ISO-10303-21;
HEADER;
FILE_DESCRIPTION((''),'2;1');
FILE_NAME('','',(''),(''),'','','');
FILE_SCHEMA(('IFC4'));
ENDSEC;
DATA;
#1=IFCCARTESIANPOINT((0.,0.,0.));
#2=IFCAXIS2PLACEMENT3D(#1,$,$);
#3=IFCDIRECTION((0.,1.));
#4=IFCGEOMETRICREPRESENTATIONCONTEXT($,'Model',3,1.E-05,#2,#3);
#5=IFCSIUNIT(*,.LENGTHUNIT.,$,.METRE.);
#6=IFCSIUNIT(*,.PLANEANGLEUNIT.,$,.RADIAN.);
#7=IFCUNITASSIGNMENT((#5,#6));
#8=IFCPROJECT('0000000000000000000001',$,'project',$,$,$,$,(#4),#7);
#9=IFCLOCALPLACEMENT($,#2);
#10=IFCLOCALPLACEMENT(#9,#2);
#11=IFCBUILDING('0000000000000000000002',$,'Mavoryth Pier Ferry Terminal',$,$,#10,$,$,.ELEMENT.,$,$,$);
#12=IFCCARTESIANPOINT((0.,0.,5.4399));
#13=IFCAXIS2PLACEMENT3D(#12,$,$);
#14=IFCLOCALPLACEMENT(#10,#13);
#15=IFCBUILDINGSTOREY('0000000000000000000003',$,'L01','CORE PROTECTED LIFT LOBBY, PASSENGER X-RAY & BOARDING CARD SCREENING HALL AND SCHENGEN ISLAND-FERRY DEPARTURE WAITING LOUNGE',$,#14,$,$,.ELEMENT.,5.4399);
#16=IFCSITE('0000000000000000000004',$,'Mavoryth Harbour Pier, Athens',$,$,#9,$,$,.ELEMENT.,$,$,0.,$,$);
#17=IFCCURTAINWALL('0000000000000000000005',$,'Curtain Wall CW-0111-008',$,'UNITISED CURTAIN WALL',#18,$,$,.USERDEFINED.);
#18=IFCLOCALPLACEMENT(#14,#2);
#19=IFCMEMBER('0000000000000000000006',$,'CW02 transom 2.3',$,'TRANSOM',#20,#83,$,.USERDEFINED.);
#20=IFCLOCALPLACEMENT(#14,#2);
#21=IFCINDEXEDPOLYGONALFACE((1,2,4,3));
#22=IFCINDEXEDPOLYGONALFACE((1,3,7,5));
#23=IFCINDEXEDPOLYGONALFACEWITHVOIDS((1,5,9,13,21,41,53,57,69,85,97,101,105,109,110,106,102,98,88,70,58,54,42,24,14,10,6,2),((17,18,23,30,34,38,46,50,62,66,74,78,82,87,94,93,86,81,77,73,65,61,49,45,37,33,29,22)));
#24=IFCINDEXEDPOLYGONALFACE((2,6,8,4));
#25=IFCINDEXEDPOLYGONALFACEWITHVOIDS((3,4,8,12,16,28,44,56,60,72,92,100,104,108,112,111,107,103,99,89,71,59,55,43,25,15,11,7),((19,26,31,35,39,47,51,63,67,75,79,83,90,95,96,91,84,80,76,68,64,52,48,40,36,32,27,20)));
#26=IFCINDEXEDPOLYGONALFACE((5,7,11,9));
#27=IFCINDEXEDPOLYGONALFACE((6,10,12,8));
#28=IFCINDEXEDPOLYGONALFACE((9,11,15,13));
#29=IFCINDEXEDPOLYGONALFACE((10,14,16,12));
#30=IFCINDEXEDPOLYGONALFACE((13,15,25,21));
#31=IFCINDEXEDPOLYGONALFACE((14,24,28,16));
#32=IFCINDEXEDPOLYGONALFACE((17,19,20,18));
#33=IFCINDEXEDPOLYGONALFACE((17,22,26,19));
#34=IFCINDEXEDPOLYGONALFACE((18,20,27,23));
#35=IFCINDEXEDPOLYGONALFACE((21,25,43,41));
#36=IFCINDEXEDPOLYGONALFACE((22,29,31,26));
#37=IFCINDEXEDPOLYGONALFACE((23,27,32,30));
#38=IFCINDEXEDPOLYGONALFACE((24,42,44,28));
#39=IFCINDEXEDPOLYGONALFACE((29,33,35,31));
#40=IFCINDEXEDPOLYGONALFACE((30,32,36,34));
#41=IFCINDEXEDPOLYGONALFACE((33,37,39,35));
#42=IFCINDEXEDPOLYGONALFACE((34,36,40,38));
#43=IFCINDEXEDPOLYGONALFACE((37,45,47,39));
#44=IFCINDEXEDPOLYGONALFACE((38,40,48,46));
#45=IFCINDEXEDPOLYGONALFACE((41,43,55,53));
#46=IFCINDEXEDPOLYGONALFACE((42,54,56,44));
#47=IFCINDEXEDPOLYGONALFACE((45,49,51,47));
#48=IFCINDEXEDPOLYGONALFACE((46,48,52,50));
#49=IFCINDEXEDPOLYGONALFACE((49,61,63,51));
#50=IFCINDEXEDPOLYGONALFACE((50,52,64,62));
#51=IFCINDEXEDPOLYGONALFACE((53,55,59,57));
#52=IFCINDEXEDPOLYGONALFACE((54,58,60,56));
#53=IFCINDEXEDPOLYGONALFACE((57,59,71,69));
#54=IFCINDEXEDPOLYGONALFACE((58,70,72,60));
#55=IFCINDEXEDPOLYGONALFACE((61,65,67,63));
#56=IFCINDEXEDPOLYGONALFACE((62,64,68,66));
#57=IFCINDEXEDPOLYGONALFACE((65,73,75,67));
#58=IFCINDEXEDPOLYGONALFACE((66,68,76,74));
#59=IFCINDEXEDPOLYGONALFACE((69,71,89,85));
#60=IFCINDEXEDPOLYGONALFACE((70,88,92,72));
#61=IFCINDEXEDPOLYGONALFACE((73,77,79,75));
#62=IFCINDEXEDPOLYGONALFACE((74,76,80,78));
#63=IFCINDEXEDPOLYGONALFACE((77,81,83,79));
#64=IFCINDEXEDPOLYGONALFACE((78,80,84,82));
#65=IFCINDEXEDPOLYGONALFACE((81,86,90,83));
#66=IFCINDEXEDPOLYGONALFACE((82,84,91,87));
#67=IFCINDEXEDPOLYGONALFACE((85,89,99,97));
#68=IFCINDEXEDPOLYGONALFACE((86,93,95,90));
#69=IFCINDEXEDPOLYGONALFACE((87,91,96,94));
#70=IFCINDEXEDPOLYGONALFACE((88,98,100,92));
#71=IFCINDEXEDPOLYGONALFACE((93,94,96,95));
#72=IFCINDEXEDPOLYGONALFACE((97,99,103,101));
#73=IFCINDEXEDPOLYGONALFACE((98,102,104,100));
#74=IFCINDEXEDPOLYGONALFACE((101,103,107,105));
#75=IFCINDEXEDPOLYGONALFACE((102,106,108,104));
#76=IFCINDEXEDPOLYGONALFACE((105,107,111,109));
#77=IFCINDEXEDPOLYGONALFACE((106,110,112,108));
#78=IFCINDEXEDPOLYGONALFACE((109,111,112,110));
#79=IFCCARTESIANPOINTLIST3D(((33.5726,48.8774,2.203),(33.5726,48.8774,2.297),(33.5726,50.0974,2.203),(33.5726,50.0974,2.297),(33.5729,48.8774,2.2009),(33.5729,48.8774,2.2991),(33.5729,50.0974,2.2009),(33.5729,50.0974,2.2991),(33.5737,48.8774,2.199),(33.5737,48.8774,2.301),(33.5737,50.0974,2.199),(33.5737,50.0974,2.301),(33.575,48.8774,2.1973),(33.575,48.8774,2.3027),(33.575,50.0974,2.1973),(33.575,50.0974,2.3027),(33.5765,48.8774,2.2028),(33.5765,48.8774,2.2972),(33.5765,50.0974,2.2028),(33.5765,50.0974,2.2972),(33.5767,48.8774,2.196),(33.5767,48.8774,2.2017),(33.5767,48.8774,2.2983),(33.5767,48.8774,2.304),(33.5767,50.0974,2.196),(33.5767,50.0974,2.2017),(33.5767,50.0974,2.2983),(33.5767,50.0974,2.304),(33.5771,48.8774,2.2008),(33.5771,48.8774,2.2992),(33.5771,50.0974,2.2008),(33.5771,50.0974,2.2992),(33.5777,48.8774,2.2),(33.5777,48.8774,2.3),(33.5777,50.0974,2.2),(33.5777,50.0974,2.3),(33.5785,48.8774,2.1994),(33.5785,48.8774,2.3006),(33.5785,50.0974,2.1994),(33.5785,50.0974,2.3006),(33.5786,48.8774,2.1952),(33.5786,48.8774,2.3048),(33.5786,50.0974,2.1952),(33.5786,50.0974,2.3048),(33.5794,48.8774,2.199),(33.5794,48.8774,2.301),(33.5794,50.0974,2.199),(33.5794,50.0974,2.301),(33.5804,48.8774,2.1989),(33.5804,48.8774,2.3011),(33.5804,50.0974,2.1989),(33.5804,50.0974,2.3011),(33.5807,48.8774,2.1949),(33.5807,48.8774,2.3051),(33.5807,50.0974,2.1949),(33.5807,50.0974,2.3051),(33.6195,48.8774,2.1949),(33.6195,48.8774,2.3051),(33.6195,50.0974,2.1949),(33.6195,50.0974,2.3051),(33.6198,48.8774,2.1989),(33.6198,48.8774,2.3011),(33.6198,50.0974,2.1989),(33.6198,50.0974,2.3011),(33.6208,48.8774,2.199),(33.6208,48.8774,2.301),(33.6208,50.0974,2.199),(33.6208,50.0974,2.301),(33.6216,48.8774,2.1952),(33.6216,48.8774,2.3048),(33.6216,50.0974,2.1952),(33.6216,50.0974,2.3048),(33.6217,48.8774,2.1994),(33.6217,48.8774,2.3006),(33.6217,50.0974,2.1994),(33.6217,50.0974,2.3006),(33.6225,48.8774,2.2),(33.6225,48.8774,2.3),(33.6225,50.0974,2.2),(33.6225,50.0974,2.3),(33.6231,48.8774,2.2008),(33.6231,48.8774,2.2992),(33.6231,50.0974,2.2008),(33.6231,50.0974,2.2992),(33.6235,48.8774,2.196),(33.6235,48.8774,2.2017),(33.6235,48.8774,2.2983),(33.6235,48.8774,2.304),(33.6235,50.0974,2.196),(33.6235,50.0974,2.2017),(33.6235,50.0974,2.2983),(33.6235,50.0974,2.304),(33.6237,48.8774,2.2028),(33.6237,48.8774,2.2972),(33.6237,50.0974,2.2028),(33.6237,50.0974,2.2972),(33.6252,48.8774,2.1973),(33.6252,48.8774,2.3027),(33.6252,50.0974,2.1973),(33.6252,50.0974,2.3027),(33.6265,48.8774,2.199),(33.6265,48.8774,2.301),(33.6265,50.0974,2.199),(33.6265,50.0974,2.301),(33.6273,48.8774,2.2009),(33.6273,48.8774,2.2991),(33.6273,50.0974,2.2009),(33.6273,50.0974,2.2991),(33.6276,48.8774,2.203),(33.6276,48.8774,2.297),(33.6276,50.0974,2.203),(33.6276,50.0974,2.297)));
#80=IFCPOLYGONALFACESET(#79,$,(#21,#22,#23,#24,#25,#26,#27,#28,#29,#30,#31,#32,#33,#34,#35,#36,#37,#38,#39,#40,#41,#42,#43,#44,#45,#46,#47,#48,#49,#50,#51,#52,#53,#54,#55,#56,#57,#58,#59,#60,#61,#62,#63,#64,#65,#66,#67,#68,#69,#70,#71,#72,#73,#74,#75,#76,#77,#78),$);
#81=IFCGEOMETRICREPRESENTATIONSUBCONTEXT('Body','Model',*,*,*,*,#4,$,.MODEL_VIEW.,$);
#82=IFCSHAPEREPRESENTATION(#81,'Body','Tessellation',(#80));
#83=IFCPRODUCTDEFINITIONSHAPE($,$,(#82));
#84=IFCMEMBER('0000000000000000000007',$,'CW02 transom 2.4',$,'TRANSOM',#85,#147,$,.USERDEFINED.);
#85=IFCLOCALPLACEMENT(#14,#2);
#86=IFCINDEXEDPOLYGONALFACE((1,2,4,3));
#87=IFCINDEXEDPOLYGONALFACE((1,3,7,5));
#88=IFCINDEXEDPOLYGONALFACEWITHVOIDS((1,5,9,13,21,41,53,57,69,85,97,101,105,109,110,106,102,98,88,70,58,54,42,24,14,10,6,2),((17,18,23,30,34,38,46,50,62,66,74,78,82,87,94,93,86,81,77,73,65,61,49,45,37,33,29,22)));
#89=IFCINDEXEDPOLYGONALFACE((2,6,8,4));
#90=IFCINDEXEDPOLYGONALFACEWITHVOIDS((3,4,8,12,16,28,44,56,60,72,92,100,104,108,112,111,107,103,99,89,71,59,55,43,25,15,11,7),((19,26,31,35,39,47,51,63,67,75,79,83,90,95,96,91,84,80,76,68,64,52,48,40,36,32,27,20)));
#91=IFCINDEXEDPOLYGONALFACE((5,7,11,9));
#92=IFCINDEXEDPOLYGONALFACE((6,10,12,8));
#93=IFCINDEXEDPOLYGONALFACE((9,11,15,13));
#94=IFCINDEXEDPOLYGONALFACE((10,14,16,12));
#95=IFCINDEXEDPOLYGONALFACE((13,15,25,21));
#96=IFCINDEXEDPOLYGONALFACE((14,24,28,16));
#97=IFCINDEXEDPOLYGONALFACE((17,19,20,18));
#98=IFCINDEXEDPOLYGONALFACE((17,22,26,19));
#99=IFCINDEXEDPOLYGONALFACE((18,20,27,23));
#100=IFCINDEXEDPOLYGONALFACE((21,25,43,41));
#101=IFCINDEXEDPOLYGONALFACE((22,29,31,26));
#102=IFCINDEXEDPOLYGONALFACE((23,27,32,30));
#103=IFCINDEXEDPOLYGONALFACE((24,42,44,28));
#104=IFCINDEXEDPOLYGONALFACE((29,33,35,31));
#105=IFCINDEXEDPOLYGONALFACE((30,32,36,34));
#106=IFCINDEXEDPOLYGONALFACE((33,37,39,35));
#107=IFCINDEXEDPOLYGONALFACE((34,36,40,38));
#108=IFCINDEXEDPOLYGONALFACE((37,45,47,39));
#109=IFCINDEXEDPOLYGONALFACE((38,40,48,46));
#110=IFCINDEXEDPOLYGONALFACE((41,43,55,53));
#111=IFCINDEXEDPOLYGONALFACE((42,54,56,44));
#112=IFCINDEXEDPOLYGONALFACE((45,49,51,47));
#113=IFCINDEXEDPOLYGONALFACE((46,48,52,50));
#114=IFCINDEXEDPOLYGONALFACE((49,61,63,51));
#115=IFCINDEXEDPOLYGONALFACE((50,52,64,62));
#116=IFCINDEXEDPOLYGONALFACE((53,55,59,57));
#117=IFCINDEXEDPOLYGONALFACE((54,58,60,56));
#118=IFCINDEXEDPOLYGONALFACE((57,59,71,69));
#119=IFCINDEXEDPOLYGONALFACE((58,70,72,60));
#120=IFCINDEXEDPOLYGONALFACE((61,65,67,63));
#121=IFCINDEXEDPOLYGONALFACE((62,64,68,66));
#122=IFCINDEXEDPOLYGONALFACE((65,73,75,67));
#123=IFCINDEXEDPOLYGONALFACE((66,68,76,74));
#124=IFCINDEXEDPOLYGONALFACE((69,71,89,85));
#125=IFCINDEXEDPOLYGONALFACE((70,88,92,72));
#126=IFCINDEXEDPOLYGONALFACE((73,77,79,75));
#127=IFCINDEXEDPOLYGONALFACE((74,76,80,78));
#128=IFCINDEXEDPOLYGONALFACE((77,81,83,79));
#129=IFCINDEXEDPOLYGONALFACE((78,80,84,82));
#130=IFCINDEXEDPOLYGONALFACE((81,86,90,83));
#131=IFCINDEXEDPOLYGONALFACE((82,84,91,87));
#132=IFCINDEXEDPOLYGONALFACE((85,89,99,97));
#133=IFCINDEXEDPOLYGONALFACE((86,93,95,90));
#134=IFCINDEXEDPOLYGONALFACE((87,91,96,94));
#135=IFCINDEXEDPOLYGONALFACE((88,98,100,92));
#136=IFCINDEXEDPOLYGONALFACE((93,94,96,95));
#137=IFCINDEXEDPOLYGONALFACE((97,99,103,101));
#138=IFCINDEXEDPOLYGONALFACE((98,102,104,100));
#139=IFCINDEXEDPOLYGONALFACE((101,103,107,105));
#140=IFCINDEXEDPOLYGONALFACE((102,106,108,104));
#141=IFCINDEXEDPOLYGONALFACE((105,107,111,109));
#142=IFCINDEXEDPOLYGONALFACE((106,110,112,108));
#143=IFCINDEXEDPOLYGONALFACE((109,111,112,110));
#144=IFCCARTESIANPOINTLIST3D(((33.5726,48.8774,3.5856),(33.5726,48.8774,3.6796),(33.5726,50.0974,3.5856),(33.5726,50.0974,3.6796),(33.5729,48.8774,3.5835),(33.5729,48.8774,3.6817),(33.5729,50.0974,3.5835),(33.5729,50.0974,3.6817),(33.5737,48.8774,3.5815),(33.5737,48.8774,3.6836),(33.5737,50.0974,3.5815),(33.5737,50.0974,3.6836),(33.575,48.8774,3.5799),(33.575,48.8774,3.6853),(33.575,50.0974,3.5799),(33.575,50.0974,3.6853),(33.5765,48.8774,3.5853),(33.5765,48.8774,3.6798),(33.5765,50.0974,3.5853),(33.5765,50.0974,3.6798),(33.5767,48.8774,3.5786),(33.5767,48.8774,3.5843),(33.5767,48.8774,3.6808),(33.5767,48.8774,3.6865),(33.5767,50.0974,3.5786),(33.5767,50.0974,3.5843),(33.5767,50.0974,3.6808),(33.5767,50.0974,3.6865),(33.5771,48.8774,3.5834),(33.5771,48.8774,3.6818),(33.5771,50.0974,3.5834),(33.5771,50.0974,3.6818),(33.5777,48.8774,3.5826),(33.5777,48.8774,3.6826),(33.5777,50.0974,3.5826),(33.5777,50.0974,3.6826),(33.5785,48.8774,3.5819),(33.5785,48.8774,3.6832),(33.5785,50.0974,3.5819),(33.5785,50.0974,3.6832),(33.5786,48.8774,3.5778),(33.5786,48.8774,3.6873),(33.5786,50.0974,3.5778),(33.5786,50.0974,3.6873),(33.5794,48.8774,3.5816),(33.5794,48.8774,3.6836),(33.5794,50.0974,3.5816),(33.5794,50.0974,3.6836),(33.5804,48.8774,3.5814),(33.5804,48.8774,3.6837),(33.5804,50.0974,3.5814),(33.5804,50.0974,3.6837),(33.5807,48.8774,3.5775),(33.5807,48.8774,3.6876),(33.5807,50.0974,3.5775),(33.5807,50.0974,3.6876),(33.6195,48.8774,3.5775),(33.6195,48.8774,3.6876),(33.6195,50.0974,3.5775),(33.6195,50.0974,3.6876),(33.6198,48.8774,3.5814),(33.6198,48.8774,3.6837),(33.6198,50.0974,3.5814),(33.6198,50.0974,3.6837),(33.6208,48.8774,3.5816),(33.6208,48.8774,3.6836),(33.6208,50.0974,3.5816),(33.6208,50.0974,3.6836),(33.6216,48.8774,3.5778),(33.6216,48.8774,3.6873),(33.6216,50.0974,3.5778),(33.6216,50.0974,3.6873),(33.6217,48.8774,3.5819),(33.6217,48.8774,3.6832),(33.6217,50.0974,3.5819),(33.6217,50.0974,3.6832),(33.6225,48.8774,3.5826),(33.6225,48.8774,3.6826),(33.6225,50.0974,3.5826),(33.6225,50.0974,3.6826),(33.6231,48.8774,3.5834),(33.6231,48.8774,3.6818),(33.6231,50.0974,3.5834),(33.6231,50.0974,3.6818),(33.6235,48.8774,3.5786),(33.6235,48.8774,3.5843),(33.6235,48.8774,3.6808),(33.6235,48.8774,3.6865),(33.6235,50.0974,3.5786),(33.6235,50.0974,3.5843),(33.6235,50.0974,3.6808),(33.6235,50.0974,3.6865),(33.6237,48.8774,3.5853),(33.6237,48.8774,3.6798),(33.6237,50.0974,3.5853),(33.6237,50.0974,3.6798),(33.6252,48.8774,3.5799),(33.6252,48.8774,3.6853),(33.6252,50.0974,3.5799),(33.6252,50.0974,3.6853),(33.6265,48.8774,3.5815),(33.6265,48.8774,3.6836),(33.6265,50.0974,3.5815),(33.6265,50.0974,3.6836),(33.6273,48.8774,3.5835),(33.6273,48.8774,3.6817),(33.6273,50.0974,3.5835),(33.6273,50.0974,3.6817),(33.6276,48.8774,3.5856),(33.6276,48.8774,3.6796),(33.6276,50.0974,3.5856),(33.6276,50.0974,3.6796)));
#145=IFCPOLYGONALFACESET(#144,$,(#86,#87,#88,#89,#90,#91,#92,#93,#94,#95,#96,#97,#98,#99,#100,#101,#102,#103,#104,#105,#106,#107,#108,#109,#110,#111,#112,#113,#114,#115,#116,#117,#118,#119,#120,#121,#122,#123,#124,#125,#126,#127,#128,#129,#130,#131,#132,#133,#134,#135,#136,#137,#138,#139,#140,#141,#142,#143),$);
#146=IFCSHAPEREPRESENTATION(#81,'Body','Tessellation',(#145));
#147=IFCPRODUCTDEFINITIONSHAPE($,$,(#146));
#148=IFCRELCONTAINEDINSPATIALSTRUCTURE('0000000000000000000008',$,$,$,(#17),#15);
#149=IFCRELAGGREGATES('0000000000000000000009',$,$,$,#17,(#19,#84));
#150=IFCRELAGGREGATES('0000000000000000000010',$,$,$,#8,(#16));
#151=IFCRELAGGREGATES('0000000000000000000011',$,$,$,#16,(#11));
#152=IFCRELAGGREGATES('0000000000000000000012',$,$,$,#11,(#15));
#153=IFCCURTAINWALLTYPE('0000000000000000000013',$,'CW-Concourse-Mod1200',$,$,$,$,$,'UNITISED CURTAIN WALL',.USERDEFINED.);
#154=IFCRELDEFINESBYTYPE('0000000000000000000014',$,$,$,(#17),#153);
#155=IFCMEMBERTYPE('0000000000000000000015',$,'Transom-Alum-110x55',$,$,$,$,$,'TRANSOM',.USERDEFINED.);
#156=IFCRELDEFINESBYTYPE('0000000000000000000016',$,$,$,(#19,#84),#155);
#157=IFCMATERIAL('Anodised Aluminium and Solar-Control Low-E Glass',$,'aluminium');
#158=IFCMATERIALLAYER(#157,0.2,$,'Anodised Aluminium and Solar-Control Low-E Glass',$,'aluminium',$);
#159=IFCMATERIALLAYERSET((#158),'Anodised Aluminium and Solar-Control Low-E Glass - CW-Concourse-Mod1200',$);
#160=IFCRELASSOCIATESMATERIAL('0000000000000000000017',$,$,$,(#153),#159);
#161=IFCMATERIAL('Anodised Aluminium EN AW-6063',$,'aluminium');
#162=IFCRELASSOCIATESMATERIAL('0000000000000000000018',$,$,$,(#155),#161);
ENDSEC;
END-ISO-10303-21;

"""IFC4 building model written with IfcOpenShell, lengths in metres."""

from ifc_helpers import new_model, si_unit, direction, frame, origin, origin_2d, place, context, subcontext, project, spatial, hollow_rectangle, extrude, material, layer, layer_set, material_profile, profile_set, type_object, element, aggregate, save


model = new_model("IFC4")

# Units and contexts
model_context = context("Model", 3, precision=1e-05, world=origin(), true_north=direction((0.0, 1.0)))
body_context = subcontext(model_context, "Body", "Model", "MODEL_VIEW")
ifc_project = project(units=[si_unit("LENGTHUNIT", "METRE"), si_unit("PLANEANGLEUNIT", "RADIAN")], contexts=[model_context])

# Site, building, storey
site_placement = place(None, origin())
site = spatial("IfcSite", under=ifc_project, at=site_placement, Name="Mavoryth Harbour Pier, Athens", CompositionType="ELEMENT", RefElevation=0.0)
building_placement = place(site_placement, origin())
building = spatial("IfcBuilding", under=site, at=building_placement, Name="Mavoryth Pier Ferry Terminal", CompositionType="ELEMENT")
storey_placement = place(building_placement, frame((0.0, 0.0, 5.4399)))
storey = spatial("IfcBuildingStorey", under=building, at=storey_placement, Name="L01", Description="CORE PROTECTED LIFT LOBBY, PASSENGER X-RAY & BOARDING CARD SCREENING HALL AND SCHENGEN ISLAND-FERRY DEPARTURE WAITING LOUNGE", CompositionType="ELEMENT", Elevation=5.4399)

# Curtain wall
ifc_material_1 = material(Name="Anodised Aluminium and Solar-Control Low-E Glass", Category="aluminium")
ifc_layer_1 = layer(ifc_material_1, 0.2, Name="Anodised Aluminium and Solar-Control Low-E Glass", Category="aluminium")
ifc_layer_set_1 = layer_set([ifc_layer_1], Name="Anodised Aluminium and Solar-Control Low-E Glass - CW-Concourse-Mod1200")
curtain_wall_type = type_object("IfcCurtainWallType", Name="CW-Concourse-Mod1200", ElementType="UNITISED CURTAIN WALL", PredefinedType="USERDEFINED", material=ifc_layer_set_1)
curtain_wall_placement = place(storey_placement, origin())
curtain_wall = element("IfcCurtainWall", 1, at=curtain_wall_placement, inside=storey, type_object=curtain_wall_type, Name="Curtain Wall CW-0111-008", ObjectType="UNITISED CURTAIN WALL", PredefinedType="USERDEFINED")
ifc_material_2 = material(Name="Anodised Aluminium EN AW-6063", Category="aluminium")

# Members
ifc_material_profile_1 = material_profile(ifc_material_2, hollow_rectangle(XDim=0.0549, YDim=0.1101, WallThickness=0.0039, InnerFilletRadius=0.0039, OuterFilletRadius=0.0081, at=origin_2d()), Name="AL-TRAN 110x55x4", Category="aluminium")
ifc_profile_set_1 = profile_set([ifc_material_profile_1], Name="Anodised Aluminium EN AW-6063 - AL-TRAN 110x55x4")
member_type_1 = type_object("IfcMemberType", Name="Transom-Alum-110x55", ElementType="TRANSOM", PredefinedType="USERDEFINED", material=ifc_profile_set_1)
member_1_placement = place(storey_placement, frame((33.6001, 48.8774, 2.25), z_axis=(0.0, 1.0, 0.0), x_axis=(-1.0, 0.0, 0.0)))
member_1 = element("IfcMember", 2, at=member_1_placement, type_object=member_type_1, Name="CW02 transom 2.3", ObjectType="TRANSOM", PredefinedType="USERDEFINED", context=body_context, shape_type="SweptSolid", body=[
    extrude(hollow_rectangle(XDim=0.0549, YDim=0.1101, WallThickness=0.0039, InnerFilletRadius=0.0039, OuterFilletRadius=0.0081, at=origin_2d()), origin(), (0.0, 0.0, 1.0), 1.22),
])
member_2_placement = place(storey_placement, frame((33.6001, 48.8774, 3.6326), z_axis=(0.0, 1.0, 0.0), x_axis=(-1.0, 0.0, 0.0)))
member_2 = element("IfcMember", 3, at=member_2_placement, type_object=member_type_1, Name="CW02 transom 2.4", ObjectType="TRANSOM", PredefinedType="USERDEFINED", context=body_context, shape_type="SweptSolid", body=[
    extrude(hollow_rectangle(XDim=0.0549, YDim=0.1101, WallThickness=0.0039, InnerFilletRadius=0.0039, OuterFilletRadius=0.0081, at=origin_2d()), origin(), (0.0, 0.0, 1.0), 1.22),
])

aggregate(curtain_wall, [member_1, member_2])

save(model, "model.ifc")
